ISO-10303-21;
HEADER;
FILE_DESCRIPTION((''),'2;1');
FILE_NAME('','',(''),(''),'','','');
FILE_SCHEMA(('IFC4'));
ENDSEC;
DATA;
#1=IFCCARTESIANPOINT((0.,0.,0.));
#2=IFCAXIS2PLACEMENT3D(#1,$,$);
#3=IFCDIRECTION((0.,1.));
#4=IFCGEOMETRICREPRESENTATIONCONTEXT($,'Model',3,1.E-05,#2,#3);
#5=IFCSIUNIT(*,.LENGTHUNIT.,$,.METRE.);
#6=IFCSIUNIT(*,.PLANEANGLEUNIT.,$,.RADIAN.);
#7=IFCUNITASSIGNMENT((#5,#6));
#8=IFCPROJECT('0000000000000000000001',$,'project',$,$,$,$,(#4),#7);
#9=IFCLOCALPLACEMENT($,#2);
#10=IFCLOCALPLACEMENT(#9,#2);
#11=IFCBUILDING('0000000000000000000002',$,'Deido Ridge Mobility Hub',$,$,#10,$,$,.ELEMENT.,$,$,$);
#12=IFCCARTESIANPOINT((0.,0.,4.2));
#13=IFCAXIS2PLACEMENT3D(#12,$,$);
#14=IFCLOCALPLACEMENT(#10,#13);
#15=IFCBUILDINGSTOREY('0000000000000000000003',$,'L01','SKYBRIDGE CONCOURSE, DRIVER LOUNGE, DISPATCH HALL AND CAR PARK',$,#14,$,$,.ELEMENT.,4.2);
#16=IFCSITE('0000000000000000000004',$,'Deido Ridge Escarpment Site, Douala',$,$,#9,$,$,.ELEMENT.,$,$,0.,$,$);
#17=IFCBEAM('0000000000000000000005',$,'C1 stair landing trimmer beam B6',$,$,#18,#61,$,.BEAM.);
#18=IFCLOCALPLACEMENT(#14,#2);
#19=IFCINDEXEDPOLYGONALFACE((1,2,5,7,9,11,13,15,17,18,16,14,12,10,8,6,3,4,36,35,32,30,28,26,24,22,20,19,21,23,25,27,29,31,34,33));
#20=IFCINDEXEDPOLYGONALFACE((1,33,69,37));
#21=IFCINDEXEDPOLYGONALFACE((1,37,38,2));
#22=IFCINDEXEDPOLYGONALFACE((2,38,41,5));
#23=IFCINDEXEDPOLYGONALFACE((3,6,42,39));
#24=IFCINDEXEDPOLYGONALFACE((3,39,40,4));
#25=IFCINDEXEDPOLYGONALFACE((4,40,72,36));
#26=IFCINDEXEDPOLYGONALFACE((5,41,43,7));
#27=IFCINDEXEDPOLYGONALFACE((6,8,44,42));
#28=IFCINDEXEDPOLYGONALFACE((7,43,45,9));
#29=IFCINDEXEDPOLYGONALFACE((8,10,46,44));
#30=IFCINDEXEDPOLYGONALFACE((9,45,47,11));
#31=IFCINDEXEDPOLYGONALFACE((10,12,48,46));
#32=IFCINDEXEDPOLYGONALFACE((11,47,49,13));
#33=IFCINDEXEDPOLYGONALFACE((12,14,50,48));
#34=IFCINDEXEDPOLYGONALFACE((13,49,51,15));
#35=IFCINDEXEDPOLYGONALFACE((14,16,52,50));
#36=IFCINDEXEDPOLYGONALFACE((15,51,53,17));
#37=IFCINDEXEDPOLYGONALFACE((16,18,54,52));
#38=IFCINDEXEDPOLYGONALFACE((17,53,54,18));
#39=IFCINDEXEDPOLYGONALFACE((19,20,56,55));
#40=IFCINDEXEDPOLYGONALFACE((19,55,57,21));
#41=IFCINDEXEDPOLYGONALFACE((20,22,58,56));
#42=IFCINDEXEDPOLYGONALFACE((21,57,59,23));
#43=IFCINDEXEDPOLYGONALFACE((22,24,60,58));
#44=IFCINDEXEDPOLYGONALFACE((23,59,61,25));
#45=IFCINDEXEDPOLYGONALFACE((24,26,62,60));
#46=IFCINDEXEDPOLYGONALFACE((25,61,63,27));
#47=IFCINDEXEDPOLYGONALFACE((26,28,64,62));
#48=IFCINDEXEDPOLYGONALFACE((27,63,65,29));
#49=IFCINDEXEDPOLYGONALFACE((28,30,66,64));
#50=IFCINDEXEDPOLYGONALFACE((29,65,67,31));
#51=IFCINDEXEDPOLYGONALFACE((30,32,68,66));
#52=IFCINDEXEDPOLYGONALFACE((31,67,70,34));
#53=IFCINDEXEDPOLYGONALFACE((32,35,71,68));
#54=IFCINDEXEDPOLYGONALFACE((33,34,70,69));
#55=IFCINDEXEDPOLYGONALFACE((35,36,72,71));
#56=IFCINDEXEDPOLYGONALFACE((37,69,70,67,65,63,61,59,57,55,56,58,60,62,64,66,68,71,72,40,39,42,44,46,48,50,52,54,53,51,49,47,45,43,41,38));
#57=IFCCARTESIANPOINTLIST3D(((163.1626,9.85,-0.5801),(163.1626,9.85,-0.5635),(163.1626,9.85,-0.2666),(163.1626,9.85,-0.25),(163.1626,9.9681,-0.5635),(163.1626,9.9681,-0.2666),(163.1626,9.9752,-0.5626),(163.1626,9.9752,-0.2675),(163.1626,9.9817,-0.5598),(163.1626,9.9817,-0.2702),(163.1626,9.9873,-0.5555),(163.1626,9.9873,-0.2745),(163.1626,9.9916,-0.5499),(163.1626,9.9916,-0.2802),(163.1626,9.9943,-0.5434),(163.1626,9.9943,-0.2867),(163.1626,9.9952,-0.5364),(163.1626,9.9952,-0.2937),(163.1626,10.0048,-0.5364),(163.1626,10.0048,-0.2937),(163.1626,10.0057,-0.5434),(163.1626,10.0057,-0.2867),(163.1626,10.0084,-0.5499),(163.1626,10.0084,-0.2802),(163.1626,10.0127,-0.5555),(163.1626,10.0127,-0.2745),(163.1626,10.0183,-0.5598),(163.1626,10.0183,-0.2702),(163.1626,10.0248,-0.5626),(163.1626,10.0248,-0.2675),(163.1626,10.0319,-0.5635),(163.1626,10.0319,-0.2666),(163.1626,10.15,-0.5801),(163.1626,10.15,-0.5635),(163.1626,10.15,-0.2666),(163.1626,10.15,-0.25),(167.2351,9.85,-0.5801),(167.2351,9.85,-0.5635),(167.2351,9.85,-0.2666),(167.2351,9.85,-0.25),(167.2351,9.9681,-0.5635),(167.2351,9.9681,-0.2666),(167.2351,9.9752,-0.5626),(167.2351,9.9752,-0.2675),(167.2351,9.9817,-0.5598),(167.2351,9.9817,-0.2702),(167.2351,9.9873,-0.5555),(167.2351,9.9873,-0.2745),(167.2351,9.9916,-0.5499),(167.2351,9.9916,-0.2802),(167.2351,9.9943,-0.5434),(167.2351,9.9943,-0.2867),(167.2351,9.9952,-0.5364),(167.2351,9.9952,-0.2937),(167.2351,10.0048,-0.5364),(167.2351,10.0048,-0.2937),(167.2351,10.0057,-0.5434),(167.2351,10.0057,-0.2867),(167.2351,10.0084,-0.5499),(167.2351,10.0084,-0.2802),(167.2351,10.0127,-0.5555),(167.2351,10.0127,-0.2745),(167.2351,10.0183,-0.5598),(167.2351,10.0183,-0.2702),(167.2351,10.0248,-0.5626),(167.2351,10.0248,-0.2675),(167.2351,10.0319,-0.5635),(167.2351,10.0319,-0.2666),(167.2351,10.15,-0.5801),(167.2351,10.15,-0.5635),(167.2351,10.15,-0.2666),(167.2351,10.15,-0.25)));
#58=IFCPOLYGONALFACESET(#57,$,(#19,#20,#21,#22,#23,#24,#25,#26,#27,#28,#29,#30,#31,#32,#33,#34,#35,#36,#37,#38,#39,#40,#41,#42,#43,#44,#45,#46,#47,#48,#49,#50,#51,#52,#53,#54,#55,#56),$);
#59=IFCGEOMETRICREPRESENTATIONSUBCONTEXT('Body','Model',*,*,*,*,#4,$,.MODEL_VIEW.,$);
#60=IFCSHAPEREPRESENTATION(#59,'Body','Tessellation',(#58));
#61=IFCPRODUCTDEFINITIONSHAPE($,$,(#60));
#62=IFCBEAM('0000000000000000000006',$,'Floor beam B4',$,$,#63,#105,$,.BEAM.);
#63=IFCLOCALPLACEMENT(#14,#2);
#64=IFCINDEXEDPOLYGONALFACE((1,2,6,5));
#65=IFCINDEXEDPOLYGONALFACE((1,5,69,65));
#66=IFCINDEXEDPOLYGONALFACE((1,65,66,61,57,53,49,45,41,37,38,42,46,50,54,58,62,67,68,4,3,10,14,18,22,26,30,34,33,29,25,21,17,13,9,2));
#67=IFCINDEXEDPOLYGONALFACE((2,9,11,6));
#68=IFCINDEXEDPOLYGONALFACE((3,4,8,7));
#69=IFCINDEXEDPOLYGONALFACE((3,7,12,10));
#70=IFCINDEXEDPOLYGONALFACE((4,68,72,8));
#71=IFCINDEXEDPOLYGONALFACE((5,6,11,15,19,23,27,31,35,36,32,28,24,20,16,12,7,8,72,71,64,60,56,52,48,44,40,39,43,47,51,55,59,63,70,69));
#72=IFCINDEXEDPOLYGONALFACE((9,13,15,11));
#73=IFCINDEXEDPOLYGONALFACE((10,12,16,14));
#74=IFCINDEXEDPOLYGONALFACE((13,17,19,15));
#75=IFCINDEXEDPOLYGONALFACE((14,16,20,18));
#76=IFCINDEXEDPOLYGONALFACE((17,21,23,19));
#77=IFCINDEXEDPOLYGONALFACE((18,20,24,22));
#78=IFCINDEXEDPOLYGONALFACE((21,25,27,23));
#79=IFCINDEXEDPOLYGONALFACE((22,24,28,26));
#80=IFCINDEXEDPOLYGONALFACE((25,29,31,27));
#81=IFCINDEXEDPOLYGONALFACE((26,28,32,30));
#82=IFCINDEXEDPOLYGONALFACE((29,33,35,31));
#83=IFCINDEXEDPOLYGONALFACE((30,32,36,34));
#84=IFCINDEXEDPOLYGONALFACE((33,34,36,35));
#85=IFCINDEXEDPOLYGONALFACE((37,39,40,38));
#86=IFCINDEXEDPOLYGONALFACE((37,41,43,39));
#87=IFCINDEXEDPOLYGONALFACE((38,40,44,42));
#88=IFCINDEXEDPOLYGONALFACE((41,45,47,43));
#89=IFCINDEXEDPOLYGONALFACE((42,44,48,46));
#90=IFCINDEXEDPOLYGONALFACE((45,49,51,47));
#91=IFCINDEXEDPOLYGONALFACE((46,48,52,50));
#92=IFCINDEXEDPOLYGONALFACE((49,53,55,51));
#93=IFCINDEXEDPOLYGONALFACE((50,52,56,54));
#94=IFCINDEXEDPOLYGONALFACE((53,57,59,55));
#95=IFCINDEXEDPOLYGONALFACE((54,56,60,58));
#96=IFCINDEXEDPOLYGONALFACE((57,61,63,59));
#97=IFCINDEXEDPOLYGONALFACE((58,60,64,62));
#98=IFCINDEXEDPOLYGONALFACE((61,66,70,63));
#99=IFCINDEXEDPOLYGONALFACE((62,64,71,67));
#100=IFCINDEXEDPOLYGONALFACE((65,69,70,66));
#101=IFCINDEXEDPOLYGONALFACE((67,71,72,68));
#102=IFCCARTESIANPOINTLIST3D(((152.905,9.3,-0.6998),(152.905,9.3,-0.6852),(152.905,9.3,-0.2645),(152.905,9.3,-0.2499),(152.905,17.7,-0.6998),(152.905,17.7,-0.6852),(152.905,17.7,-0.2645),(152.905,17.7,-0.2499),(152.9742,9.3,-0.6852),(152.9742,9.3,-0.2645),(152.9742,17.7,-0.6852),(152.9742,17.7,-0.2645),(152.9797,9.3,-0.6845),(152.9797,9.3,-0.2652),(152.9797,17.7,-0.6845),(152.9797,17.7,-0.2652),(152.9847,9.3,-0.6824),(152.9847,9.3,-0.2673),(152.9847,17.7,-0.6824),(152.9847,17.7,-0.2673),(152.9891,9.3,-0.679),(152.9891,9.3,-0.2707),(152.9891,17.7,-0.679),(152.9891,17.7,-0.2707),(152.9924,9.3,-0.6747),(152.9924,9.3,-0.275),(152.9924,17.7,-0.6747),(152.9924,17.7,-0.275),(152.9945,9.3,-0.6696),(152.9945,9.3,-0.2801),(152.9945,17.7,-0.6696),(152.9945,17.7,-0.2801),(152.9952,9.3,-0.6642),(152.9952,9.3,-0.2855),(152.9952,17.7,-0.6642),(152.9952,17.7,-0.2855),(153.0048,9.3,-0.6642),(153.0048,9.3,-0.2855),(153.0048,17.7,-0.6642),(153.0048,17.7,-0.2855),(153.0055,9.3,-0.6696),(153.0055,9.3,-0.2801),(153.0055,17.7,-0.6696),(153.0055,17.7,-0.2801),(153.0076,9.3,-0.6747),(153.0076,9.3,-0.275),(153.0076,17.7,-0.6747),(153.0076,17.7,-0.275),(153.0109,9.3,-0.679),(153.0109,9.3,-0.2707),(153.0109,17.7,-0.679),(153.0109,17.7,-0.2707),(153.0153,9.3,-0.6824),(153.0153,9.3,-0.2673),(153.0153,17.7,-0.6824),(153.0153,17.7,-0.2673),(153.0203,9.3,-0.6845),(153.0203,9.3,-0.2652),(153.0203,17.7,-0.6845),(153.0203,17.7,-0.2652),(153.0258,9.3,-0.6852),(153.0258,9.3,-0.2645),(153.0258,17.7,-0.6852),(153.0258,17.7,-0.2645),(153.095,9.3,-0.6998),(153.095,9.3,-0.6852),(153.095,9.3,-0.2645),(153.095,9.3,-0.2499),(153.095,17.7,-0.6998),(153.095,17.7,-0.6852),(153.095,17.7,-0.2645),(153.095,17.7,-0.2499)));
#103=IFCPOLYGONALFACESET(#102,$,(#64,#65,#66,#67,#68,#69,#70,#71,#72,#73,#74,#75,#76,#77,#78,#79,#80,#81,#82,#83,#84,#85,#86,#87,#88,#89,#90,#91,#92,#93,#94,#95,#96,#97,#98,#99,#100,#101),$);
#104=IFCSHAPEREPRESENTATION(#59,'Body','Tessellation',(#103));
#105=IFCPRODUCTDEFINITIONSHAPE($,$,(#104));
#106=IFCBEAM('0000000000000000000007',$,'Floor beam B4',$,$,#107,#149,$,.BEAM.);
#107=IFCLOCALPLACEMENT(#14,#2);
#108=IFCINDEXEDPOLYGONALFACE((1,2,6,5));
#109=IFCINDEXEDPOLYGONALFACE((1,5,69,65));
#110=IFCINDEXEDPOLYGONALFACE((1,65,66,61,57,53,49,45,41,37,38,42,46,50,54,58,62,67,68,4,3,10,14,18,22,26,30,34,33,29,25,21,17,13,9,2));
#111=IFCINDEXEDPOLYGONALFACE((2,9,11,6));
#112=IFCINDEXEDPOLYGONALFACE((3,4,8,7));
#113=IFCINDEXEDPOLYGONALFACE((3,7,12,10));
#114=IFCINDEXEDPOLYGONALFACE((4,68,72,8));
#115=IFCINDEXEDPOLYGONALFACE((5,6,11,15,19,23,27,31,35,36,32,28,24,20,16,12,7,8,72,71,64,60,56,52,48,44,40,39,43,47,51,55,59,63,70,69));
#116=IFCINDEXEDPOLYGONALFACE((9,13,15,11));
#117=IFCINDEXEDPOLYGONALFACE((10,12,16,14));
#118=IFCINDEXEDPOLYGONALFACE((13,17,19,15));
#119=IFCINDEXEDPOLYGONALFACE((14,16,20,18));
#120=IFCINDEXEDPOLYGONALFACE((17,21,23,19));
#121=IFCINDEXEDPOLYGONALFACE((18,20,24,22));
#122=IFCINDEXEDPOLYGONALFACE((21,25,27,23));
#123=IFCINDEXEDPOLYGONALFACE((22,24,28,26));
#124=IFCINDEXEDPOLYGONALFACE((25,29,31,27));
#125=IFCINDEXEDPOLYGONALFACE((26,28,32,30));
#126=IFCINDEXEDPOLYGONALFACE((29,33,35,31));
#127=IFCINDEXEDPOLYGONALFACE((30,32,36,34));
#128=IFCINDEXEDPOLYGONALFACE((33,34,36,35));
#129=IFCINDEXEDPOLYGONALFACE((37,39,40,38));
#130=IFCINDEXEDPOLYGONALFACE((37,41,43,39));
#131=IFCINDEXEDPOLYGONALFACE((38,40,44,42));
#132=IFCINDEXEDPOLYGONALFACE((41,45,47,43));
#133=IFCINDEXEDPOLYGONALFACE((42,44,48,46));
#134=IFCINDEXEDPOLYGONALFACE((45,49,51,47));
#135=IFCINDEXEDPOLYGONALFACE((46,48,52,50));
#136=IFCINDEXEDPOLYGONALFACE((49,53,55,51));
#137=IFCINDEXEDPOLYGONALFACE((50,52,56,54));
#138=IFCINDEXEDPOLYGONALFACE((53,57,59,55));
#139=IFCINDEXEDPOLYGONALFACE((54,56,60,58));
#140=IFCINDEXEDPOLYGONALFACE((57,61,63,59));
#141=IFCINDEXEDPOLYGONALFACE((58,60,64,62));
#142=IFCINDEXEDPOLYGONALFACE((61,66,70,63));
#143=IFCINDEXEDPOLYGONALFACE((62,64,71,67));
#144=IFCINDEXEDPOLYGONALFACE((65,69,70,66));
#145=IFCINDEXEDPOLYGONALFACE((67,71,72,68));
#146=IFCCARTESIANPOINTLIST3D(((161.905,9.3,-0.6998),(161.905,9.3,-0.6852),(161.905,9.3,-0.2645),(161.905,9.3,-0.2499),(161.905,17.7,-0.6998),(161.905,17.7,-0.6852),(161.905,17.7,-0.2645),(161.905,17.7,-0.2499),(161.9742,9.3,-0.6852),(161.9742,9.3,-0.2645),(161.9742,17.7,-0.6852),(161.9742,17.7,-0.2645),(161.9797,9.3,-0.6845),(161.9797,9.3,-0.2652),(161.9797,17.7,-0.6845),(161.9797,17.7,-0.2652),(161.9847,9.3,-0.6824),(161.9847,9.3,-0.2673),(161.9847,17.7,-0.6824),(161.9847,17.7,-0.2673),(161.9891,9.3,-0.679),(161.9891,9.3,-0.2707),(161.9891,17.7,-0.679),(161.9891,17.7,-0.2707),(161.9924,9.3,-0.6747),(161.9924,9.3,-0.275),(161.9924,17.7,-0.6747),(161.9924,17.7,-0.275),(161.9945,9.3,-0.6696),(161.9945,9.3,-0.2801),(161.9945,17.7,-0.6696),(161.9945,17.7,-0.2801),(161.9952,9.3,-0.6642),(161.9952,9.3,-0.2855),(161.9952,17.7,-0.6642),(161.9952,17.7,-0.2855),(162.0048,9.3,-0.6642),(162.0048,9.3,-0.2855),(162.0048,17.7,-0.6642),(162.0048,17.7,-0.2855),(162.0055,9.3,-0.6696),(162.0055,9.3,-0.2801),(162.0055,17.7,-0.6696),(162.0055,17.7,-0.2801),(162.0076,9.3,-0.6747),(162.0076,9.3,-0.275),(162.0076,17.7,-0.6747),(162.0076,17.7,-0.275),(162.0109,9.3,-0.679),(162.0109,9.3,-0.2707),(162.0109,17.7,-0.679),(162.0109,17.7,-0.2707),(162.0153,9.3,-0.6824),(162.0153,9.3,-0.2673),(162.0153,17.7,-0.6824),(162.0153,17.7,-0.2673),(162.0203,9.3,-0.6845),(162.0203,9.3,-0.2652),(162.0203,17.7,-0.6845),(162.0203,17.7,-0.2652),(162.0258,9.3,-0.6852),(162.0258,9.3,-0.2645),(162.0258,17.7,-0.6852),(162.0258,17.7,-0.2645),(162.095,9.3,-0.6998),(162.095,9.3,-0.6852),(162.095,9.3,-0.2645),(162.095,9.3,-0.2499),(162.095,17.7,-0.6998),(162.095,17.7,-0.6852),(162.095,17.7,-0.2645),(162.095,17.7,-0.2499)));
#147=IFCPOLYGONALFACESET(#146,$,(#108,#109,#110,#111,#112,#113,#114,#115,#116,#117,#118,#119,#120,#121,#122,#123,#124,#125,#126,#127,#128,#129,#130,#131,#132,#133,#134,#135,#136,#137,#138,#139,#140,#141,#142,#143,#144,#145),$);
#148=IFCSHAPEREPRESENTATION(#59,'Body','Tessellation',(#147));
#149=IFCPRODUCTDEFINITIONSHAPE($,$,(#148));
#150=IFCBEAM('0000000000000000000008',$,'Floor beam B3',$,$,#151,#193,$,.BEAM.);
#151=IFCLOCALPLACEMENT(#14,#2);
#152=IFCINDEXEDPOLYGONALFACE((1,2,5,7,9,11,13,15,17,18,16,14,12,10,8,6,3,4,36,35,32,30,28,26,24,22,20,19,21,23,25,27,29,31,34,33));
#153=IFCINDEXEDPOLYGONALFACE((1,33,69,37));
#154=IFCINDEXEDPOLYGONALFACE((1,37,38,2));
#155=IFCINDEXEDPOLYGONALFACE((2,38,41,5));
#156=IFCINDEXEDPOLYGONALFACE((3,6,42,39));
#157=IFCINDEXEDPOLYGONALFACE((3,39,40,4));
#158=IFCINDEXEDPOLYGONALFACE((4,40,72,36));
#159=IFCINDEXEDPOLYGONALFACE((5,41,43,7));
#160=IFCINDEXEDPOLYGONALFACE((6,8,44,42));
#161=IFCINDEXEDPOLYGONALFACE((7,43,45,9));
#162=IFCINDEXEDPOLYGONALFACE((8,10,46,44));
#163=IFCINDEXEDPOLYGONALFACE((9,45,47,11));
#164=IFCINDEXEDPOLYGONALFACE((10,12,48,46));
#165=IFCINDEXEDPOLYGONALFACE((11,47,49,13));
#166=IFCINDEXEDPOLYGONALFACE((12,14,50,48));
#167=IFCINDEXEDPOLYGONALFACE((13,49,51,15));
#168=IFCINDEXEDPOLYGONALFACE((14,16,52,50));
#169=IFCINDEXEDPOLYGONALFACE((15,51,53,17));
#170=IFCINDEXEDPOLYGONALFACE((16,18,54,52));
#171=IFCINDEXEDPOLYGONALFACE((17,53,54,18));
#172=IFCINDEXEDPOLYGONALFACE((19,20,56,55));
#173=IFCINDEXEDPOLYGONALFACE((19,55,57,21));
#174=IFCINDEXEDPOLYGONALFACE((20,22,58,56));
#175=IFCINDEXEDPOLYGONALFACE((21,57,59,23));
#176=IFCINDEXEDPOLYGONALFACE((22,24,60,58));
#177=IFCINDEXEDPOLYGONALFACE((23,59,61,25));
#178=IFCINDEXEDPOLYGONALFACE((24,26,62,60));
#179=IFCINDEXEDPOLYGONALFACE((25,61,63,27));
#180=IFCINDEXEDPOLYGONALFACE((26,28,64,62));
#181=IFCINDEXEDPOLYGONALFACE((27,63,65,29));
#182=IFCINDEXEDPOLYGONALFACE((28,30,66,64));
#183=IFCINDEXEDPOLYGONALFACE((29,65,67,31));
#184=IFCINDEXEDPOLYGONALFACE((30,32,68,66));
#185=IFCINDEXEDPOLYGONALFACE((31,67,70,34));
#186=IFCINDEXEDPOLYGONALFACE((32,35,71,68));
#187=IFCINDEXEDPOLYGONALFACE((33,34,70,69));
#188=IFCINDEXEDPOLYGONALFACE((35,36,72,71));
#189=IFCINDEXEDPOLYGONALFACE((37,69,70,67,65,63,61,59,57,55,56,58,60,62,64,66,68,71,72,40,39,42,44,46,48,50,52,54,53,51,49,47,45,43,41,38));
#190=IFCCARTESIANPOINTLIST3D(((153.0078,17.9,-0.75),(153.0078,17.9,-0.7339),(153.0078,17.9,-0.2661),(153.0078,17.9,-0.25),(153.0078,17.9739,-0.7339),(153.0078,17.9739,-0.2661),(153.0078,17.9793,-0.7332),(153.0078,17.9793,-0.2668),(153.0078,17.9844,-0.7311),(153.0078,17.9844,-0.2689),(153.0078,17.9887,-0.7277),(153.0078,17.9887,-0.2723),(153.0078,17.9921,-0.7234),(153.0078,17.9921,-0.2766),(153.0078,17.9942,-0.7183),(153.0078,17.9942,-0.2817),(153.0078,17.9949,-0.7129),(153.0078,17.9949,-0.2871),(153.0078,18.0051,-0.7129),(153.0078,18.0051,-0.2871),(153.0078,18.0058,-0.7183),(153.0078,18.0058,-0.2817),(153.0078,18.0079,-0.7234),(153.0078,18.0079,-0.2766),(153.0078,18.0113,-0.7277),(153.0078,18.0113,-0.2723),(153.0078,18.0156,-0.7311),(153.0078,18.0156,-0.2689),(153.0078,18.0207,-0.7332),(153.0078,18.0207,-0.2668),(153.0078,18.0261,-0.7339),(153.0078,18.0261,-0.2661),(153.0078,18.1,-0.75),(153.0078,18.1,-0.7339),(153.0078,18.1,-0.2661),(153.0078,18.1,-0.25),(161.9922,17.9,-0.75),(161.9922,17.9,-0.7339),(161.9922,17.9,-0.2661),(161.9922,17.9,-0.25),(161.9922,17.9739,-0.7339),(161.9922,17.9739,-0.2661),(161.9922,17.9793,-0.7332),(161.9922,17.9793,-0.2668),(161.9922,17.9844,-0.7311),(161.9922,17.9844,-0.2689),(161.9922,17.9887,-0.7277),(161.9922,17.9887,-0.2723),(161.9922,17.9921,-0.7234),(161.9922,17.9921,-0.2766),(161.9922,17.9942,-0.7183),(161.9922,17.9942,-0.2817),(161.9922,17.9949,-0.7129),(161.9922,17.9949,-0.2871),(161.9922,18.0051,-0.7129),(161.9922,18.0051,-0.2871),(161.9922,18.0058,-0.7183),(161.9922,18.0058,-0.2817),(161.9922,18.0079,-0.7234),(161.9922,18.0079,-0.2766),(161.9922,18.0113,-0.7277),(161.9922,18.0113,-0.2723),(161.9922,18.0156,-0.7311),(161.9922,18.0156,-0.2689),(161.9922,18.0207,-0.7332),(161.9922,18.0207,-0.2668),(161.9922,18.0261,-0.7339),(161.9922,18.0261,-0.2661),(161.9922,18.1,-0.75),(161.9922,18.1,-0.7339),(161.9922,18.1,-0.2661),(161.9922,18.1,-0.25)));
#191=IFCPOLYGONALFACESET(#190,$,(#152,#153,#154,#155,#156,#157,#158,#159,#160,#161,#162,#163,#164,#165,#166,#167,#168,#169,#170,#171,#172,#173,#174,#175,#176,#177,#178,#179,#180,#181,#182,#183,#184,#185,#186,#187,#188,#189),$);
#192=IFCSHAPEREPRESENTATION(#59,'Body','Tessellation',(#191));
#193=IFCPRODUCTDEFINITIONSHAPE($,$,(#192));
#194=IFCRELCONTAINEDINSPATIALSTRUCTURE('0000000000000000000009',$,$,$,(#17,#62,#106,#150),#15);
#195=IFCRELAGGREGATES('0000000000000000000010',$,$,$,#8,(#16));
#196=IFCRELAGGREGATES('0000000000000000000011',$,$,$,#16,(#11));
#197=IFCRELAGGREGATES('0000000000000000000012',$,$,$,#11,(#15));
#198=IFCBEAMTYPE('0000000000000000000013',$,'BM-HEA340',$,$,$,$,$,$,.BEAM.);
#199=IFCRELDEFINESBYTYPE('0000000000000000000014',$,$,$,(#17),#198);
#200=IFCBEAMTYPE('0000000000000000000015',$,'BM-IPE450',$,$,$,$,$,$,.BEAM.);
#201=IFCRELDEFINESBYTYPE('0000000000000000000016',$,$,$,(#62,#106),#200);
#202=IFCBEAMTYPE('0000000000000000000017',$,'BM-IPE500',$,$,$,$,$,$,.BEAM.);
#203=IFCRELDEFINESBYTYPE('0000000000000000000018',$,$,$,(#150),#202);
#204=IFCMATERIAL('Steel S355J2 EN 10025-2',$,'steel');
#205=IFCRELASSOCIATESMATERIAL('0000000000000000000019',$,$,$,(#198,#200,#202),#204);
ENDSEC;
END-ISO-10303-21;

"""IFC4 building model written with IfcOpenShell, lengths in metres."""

from ifc_helpers import new_model, si_unit, direction, frame, origin, origin_2d, place, context, subcontext, project, spatial, i_section, extrude, material, material_profile, profile_set, type_object, element, save


model = new_model("IFC4")

# Units and contexts
model_context = context("Model", 3, precision=1e-05, world=origin(), true_north=direction((0.0, 1.0)))
body_context = subcontext(model_context, "Body", "Model", "MODEL_VIEW")
ifc_project = project(units=[si_unit("LENGTHUNIT", "METRE"), si_unit("PLANEANGLEUNIT", "RADIAN")], contexts=[model_context])

# Site, building, storey
site_placement = place(None, origin())
site = spatial("IfcSite", under=ifc_project, at=site_placement, Name="Deido Ridge Escarpment Site, Douala", CompositionType="ELEMENT", RefElevation=0.0)
building_placement = place(site_placement, origin())
building = spatial("IfcBuilding", under=site, at=building_placement, Name="Deido Ridge Mobility Hub", CompositionType="ELEMENT")
storey_placement = place(building_placement, frame((0.0, 0.0, 4.2)))
storey = spatial("IfcBuildingStorey", under=building, at=storey_placement, Name="L01", Description="SKYBRIDGE CONCOURSE, DRIVER LOUNGE, DISPATCH HALL AND CAR PARK", CompositionType="ELEMENT", Elevation=4.2)

# Shared definitions
ifc_material_1 = material(Name="Steel S355J2 EN 10025-2", Category="steel")

# Beams
ifc_material_profile_1 = material_profile(ifc_material_1, i_section(OverallWidth=0.3, OverallDepth=0.3301, WebThickness=0.0095, FlangeThickness=0.0166, FilletRadius=0.0271, at=origin_2d()), Name="HEA 340")
ifc_profile_set_1 = profile_set([ifc_material_profile_1], Name="Steel S355J2 EN 10025-2")
beam_type_1 = type_object("IfcBeamType", Name="BM-HEA340", PredefinedType="BEAM", material=ifc_profile_set_1)
beam_1_placement = place(storey_placement, frame((163.1626, 10.0, -0.415), z_axis=(1.0, 0.0, 0.0), x_axis=(0.0, 1.0, 0.0)))
element("IfcBeam", 1, at=beam_1_placement, inside=storey, type_object=beam_type_1, Name="C1 stair landing trimmer beam B6", PredefinedType="BEAM", context=body_context, shape_type="SweptSolid", body=[
    extrude(i_section(OverallWidth=0.3, OverallDepth=0.3301, WebThickness=0.0095, FlangeThickness=0.0166, FilletRadius=0.0271, at=origin_2d()), origin(), (0.0, 0.0, 1.0), 4.0725),
])
ifc_material_profile_2 = material_profile(ifc_material_1, i_section(OverallWidth=0.1899, OverallDepth=0.45, WebThickness=0.0095, FlangeThickness=0.0146, FilletRadius=0.021, at=origin_2d()), Name="IPE 450")
ifc_profile_set_2 = profile_set([ifc_material_profile_2], Name="Steel S355J2 EN 10025-2")
beam_type_2 = type_object("IfcBeamType", Name="BM-IPE450", PredefinedType="BEAM", material=ifc_profile_set_2)
for number, where, z_axis, x_axis, name in (
    (2, (153.0, 9.3, -0.4749), (0.0, 1.0, 0.0), (-1.0, 0.0, 0.0), "Floor beam B4"),
    (3, (162.0, 9.3, -0.4749), (0.0, 1.0, 0.0), (-1.0, 0.0, 0.0), "Floor beam B4"),
):
    element("IfcBeam", number, at=place(storey_placement, frame(where, z_axis=z_axis, x_axis=x_axis)), inside=storey, type_object=beam_type_2, Name=name, PredefinedType="BEAM", context=body_context, shape_type="SweptSolid", body=[
        extrude(i_section(OverallWidth=0.1899, OverallDepth=0.45, WebThickness=0.0095, FlangeThickness=0.0146, FilletRadius=0.021, at=origin_2d()), origin(), (0.0, 0.0, 1.0), 8.3999),
    ])
ifc_material_profile_3 = material_profile(ifc_material_1, i_section(OverallWidth=0.2, OverallDepth=0.5, WebThickness=0.0103, FlangeThickness=0.0161, FilletRadius=0.021, at=origin_2d()), Name="IPE 500")
ifc_profile_set_3 = profile_set([ifc_material_profile_3], Name="Steel S355J2 EN 10025-2")
beam_type_3 = type_object("IfcBeamType", Name="BM-IPE500", PredefinedType="BEAM", material=ifc_profile_set_3)
for number, where, z_axis, x_axis, name in (
    (4, (153.0078, 18.0, -0.5), (1.0, 0.0, 0.0), (0.0, 1.0, 0.0), "Floor beam B3"),
):
    element("IfcBeam", number, at=place(storey_placement, frame(where, z_axis=z_axis, x_axis=x_axis)), inside=storey, type_object=beam_type_3, Name=name, PredefinedType="BEAM", context=body_context, shape_type="SweptSolid", body=[
        extrude(i_section(OverallWidth=0.2, OverallDepth=0.5, WebThickness=0.0103, FlangeThickness=0.0161, FilletRadius=0.021, at=origin_2d()), origin(), (0.0, 0.0, 1.0), 8.9844),
    ])

save(model, "model.ifc")
